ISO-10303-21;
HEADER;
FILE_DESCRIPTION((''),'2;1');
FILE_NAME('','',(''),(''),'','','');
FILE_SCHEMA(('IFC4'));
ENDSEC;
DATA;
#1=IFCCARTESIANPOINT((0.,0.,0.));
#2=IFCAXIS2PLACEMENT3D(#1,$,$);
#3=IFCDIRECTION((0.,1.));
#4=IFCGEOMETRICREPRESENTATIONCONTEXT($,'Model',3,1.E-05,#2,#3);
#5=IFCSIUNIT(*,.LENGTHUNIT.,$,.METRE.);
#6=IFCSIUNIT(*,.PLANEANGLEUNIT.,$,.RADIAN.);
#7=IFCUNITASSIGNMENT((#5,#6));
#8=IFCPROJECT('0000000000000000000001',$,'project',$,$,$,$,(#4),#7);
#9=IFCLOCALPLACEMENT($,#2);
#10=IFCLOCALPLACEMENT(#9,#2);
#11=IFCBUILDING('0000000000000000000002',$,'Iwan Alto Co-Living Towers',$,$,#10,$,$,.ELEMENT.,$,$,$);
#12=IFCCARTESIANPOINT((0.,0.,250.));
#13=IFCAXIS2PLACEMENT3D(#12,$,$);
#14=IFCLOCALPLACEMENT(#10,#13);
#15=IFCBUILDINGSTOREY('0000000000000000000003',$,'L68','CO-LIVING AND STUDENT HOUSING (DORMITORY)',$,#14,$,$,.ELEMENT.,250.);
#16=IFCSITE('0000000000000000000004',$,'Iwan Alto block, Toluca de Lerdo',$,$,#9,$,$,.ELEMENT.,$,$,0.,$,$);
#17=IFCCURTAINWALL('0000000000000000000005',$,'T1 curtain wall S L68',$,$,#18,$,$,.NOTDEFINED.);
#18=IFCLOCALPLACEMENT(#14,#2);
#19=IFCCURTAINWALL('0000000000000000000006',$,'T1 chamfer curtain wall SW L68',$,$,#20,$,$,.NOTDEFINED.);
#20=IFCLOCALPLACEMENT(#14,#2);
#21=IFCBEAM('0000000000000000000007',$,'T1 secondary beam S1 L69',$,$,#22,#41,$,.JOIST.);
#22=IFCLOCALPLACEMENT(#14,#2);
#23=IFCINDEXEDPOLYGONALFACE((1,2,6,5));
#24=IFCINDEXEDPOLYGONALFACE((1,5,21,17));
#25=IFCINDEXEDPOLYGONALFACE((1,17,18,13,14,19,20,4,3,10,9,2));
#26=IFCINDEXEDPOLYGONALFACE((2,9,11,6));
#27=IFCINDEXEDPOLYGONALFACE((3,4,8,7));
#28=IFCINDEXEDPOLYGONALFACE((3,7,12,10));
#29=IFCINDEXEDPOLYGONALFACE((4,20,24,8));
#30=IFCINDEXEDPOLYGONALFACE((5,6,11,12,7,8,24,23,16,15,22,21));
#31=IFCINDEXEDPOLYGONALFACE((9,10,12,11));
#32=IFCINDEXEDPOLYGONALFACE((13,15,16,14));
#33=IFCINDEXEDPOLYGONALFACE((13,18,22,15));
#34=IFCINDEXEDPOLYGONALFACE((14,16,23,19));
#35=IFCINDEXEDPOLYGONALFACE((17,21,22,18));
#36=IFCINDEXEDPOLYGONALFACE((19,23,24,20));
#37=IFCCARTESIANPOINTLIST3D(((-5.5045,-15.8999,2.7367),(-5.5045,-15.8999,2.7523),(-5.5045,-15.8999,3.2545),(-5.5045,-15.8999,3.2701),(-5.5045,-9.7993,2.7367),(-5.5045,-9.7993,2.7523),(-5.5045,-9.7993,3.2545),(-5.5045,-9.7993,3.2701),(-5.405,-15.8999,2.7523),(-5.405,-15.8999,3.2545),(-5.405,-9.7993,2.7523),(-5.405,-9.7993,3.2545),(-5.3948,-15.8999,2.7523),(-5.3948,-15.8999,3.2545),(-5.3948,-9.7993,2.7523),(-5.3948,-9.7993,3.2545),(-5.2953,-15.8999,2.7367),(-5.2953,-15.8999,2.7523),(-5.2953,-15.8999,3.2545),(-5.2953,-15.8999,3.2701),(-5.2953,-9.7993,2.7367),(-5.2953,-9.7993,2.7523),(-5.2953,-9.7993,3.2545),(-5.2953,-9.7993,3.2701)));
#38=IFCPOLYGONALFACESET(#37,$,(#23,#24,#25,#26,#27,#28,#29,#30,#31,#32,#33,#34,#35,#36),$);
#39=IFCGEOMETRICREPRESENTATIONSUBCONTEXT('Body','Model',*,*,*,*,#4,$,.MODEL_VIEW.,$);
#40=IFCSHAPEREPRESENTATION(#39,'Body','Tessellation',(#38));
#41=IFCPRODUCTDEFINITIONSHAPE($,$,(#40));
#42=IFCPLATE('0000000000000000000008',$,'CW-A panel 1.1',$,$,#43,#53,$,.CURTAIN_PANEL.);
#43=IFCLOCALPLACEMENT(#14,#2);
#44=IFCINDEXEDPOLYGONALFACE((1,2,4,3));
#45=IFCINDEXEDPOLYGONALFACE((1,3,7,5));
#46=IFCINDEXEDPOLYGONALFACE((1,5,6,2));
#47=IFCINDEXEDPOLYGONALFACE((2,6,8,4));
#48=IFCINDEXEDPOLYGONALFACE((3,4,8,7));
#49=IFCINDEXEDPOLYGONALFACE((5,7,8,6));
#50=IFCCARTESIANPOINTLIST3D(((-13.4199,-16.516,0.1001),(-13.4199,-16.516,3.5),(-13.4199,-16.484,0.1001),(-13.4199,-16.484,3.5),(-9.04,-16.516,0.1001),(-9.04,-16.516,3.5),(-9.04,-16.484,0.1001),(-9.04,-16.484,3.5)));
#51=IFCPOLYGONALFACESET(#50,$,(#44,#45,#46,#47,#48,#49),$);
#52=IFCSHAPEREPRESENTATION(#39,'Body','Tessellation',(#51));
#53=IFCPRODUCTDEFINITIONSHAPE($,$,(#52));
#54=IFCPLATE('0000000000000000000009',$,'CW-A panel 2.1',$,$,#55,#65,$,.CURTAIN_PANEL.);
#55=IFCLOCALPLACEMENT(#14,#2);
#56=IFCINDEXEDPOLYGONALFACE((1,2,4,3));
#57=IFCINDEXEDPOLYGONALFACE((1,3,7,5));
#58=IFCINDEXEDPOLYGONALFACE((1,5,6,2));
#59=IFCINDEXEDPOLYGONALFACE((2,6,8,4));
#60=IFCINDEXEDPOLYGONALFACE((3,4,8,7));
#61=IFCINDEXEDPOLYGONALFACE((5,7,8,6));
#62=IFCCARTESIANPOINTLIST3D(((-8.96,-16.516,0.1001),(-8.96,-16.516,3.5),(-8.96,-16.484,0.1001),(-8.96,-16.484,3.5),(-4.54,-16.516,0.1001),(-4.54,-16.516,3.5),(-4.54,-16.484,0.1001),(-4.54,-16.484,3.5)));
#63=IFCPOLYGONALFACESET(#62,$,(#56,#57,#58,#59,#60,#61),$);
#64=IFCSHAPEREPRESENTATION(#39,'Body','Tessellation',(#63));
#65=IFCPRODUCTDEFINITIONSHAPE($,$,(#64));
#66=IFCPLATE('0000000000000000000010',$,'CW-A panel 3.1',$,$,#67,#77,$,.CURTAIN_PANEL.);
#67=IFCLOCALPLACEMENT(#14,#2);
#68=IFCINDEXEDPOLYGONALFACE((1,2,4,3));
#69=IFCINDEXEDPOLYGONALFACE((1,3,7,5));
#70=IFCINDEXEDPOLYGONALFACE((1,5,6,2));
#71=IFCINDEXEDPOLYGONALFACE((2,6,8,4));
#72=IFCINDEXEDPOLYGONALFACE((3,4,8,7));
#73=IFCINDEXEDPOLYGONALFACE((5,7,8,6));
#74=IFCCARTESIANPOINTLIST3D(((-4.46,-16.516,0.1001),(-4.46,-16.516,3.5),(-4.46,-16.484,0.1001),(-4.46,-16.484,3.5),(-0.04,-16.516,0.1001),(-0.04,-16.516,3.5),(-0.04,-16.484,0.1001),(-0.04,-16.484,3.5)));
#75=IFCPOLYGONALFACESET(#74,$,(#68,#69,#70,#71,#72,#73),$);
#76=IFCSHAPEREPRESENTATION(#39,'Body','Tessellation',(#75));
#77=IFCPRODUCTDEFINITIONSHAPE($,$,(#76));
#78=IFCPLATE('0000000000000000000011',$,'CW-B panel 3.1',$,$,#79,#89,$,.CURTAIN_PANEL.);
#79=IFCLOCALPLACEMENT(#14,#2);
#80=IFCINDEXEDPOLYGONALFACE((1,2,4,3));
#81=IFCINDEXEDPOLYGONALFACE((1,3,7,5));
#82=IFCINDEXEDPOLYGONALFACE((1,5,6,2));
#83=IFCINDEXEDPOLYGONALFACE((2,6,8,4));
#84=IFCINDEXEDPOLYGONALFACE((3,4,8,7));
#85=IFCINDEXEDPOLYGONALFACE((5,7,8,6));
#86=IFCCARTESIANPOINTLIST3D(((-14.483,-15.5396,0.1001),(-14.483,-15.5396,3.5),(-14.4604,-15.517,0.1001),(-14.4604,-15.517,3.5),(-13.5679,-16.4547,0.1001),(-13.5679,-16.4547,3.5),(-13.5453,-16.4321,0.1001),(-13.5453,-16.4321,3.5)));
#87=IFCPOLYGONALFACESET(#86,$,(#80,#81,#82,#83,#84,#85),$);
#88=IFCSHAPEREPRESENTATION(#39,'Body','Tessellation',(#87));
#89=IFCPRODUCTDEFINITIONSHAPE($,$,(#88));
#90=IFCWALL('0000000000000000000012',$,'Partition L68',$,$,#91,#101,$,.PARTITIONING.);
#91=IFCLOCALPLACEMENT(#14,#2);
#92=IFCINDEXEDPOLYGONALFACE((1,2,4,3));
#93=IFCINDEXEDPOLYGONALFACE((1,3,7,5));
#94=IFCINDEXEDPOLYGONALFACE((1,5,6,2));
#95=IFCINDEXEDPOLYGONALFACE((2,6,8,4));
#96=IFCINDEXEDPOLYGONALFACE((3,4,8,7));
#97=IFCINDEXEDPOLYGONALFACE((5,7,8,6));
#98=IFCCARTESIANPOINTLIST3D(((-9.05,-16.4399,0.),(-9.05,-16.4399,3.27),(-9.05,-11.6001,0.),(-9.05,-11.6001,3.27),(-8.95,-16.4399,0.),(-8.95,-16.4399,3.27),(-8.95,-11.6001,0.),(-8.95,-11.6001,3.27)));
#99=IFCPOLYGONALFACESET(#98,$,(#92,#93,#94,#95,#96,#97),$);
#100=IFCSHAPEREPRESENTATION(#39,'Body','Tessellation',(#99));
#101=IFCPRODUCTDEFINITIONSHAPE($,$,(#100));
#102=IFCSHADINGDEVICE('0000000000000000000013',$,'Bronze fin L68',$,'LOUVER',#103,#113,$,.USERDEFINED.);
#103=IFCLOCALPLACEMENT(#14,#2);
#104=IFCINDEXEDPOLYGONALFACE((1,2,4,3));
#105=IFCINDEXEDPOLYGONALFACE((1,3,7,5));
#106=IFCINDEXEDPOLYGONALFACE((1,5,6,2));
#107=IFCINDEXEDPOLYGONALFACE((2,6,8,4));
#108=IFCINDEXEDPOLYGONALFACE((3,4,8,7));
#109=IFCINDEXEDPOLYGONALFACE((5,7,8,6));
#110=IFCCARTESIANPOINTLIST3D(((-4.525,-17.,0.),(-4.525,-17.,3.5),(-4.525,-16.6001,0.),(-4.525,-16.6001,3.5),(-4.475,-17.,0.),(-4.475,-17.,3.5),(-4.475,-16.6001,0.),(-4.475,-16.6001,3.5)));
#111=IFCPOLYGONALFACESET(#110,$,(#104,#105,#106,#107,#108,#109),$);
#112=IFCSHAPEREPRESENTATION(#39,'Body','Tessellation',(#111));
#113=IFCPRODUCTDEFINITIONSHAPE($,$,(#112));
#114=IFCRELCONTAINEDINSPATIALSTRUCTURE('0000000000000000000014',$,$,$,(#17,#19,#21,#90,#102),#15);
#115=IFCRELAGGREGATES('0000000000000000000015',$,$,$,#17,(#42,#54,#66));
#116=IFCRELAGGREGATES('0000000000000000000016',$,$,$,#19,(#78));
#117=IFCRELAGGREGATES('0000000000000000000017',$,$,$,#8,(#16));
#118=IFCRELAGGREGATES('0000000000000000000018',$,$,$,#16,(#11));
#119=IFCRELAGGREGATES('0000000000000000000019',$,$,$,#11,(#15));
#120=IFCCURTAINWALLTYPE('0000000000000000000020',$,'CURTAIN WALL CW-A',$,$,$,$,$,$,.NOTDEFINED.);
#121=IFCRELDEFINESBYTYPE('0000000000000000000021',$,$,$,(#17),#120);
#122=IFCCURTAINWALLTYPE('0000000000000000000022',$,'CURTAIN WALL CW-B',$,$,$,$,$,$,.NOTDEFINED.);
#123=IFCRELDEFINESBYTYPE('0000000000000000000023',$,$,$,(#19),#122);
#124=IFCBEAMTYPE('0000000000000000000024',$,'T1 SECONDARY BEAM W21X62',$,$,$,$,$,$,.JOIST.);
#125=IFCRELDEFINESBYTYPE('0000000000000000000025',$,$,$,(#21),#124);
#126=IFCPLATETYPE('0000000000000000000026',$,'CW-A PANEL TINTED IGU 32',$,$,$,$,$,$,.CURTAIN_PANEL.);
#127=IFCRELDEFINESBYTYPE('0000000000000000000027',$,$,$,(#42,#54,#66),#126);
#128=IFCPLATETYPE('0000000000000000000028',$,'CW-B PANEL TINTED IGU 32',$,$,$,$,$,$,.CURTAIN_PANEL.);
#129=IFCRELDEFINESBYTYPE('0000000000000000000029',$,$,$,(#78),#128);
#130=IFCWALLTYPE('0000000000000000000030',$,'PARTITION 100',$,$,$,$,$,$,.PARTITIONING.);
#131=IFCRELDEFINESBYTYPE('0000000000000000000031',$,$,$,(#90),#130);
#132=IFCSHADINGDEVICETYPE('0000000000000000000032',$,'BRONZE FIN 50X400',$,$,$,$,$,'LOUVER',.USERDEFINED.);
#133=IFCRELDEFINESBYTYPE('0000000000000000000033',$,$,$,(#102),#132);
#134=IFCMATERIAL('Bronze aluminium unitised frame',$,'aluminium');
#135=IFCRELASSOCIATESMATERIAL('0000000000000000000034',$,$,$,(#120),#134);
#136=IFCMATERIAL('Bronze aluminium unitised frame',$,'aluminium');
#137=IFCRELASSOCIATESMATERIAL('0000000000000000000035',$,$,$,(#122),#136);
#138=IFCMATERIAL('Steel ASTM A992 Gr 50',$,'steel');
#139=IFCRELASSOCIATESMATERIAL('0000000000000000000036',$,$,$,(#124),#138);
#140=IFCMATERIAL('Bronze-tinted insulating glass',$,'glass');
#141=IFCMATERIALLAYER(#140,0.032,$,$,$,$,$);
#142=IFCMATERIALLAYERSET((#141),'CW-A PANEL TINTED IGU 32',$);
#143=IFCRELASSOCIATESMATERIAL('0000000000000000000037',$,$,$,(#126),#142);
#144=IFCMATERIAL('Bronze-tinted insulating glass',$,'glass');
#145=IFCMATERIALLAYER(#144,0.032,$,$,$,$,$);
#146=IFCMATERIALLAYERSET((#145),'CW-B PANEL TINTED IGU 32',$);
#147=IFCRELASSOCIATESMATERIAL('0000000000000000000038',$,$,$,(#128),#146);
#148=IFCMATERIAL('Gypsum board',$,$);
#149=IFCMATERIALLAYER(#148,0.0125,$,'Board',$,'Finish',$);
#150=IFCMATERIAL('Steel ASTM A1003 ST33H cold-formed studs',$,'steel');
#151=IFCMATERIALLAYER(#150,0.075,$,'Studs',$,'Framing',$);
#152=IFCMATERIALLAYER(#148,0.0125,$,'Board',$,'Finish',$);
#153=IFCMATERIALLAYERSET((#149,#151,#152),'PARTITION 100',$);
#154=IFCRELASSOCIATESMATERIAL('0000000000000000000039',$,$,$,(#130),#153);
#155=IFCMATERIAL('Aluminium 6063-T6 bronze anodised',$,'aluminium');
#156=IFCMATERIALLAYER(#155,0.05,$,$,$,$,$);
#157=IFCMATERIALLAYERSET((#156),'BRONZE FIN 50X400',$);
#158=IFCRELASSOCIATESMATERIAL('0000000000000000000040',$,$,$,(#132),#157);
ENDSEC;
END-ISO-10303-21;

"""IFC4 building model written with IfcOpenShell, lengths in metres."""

from ifc_helpers import new_model, si_unit, direction, frame, frame_2d, origin, origin_2d, place, context, subcontext, project, spatial, rectangle, i_section, extrude, material, layer, layer_set, material_profile, profile_set, type_object, element, aggregate, save


model = new_model("IFC4")

# Units and contexts
model_context = context("Model", 3, precision=1e-05, world=origin(), true_north=direction((0.0, 1.0)))
body_context = subcontext(model_context, "Body", "Model", "MODEL_VIEW")
ifc_project = project(units=[si_unit("LENGTHUNIT", "METRE"), si_unit("PLANEANGLEUNIT", "RADIAN")], contexts=[model_context])

# Site, building, storey
site_placement = place(None, origin())
site = spatial("IfcSite", under=ifc_project, at=site_placement, Name="Iwan Alto block, Toluca de Lerdo", CompositionType="ELEMENT", RefElevation=0.0)
building_placement = place(site_placement, origin())
building = spatial("IfcBuilding", under=site, at=building_placement, Name="Iwan Alto Co-Living Towers", CompositionType="ELEMENT")
storey_placement = place(building_placement, frame((0.0, 0.0, 250.0)))
storey = spatial("IfcBuildingStorey", under=building, at=storey_placement, Name="L68", Description="CO-LIVING AND STUDENT HOUSING (DORMITORY)", CompositionType="ELEMENT", Elevation=250.0)

# Curtain wall
ifc_material_1 = material(Name="Bronze aluminium unitised frame", Category="aluminium")
curtain_wall_type_1 = type_object("IfcCurtainWallType", Name="CURTAIN WALL CW-A", PredefinedType="NOTDEFINED", material=ifc_material_1)
curtain_wall_1_placement = place(storey_placement, origin())
curtain_wall_1 = element("IfcCurtainWall", 1, at=curtain_wall_1_placement, inside=storey, type_object=curtain_wall_type_1, Name="T1 curtain wall S L68", PredefinedType="NOTDEFINED")

# Curtain wall
ifc_material_2 = material(Name="Bronze aluminium unitised frame", Category="aluminium")
curtain_wall_type_2 = type_object("IfcCurtainWallType", Name="CURTAIN WALL CW-B", PredefinedType="NOTDEFINED", material=ifc_material_2)
curtain_wall_2_placement = place(storey_placement, origin())
curtain_wall_2 = element("IfcCurtainWall", 2, at=curtain_wall_2_placement, inside=storey, type_object=curtain_wall_type_2, Name="T1 chamfer curtain wall SW L68", PredefinedType="NOTDEFINED")

# Beam
ifc_material_3 = material(Name="Steel ASTM A992 Gr 50", Category="steel")
ifc_material_profile_1 = material_profile(ifc_material_3, i_section(OverallWidth=0.2092, OverallDepth=0.5334, WebThickness=0.0103, FlangeThickness=0.0156, at=origin_2d()), Name="W21X62")
ifc_profile_set_1 = profile_set([ifc_material_profile_1], Name="Steel ASTM A992 Gr 50")
beam_type_1 = type_object("IfcBeamType", Name="T1 SECONDARY BEAM W21X62", PredefinedType="JOIST", material=ifc_profile_set_1)
beam_1_placement = place(storey_placement, frame((-5.3999, -15.8999, 3.0034), z_axis=(0.0, 1.0, 0.0), x_axis=(-1.0, 0.0, 0.0)))
element("IfcBeam", 3, at=beam_1_placement, inside=storey, type_object=beam_type_1, Name="T1 secondary beam S1 L69", PredefinedType="JOIST", context=body_context, shape_type="SweptSolid", body=[
    extrude(i_section(OverallWidth=0.2092, OverallDepth=0.5334, WebThickness=0.0103, FlangeThickness=0.0156, at=origin_2d()), origin(), (0.0, 0.0, 1.0), 6.1006),
])

# Plates
ifc_material_4 = material(Name="Bronze-tinted insulating glass", Category="glass")
ifc_layer_1 = layer(ifc_material_4, 0.032)
ifc_layer_set_1 = layer_set([ifc_layer_1], Name="CW-A PANEL TINTED IGU 32")
plate_type_1 = type_object("IfcPlateType", Name="CW-A PANEL TINTED IGU 32", PredefinedType="CURTAIN_PANEL", material=ifc_layer_set_1)
plate_1_placement = place(storey_placement, frame((-11.23, -16.5, 0.1001), z_axis=(0.0, 0.0, 1.0), x_axis=(1.0, 0.0, 0.0)))
plate_1 = element("IfcPlate", 4, at=plate_1_placement, type_object=plate_type_1, Name="CW-A panel 1.1", PredefinedType="CURTAIN_PANEL", context=body_context, shape_type="SweptSolid", body=[
    extrude(rectangle(XDim=4.3799, YDim=0.032, at=origin_2d()), origin(), (0.0, 0.0, 1.0), 3.3999),
])
plate_2_placement = place(storey_placement, frame((-6.75, -16.5, 0.1001), z_axis=(0.0, 0.0, 1.0), x_axis=(1.0, 0.0, 0.0)))
plate_2 = element("IfcPlate", 5, at=plate_2_placement, type_object=plate_type_1, Name="CW-A panel 2.1", PredefinedType="CURTAIN_PANEL", context=body_context, shape_type="SweptSolid", body=[
    extrude(rectangle(XDim=4.4199, YDim=0.032, at=origin_2d()), origin(), (0.0, 0.0, 1.0), 3.3999),
])
plate_3_placement = place(storey_placement, frame((-2.25, -16.5, 0.1001), z_axis=(0.0, 0.0, 1.0), x_axis=(1.0, 0.0, 0.0)))
plate_3 = element("IfcPlate", 6, at=plate_3_placement, type_object=plate_type_1, Name="CW-A panel 3.1", PredefinedType="CURTAIN_PANEL", context=body_context, shape_type="SweptSolid", body=[
    extrude(rectangle(XDim=4.4199, YDim=0.032, at=origin_2d()), origin(), (0.0, 0.0, 1.0), 3.3999),
])
aggregate(curtain_wall_1, [plate_1, plate_2, plate_3])
ifc_material_5 = material(Name="Bronze-tinted insulating glass", Category="glass")
ifc_layer_2 = layer(ifc_material_5, 0.032)
ifc_layer_set_2 = layer_set([ifc_layer_2], Name="CW-B PANEL TINTED IGU 32")
plate_type_2 = type_object("IfcPlateType", Name="CW-B PANEL TINTED IGU 32", PredefinedType="CURTAIN_PANEL", material=ifc_layer_set_2)
plate_4_placement = place(storey_placement, frame((-14.0142, -15.9858, 0.1001), z_axis=(0.0, 0.0, 1.0), x_axis=(0.707107, -0.707107, 0.0)))
plate_4 = element("IfcPlate", 7, at=plate_4_placement, type_object=plate_type_2, Name="CW-B panel 3.1", PredefinedType="CURTAIN_PANEL", context=body_context, shape_type="SweptSolid", body=[
    extrude(rectangle(XDim=1.2942, YDim=0.032, at=origin_2d()), origin(), (0.0, 0.0, 1.0), 3.3999),
])
aggregate(curtain_wall_2, [plate_4])

# Wall
ifc_material_6 = material(Name="Gypsum board")
ifc_layer_3 = layer(ifc_material_6, 0.0125, Name="Board", Category="Finish")
ifc_material_7 = material(Name="Steel ASTM A1003 ST33H cold-formed studs", Category="steel")
ifc_layer_4 = layer(ifc_material_7, 0.075, Name="Studs", Category="Framing")
ifc_layer_5 = layer(ifc_material_6, 0.0125, Name="Board", Category="Finish")
ifc_layer_set_3 = layer_set([ifc_layer_3, ifc_layer_4, ifc_layer_5], Name="PARTITION 100")
wall_type = type_object("IfcWallType", Name="PARTITION 100", PredefinedType="PARTITIONING", material=ifc_layer_set_3)
wall_placement = place(storey_placement, frame((-9.0, -16.4399, 0.0), z_axis=(0.0, 0.0, 1.0), x_axis=(0.0, 1.0, 0.0)))
element("IfcWall", 8, at=wall_placement, inside=storey, type_object=wall_type, Name="Partition L68", PredefinedType="PARTITIONING", context=body_context, shape_type="SweptSolid", body=[
    extrude(rectangle(XDim=4.8398, YDim=0.1001, at=frame_2d((2.4199, 0.0))), origin(), (0.0, 0.0, 1.0), 3.27),
])

# Shading device
ifc_material_8 = material(Name="Aluminium 6063-T6 bronze anodised", Category="aluminium")
ifc_layer_6 = layer(ifc_material_8, 0.05)
ifc_layer_set_4 = layer_set([ifc_layer_6], Name="BRONZE FIN 50X400")
shading_device_type = type_object("IfcShadingDeviceType", Name="BRONZE FIN 50X400", ElementType="LOUVER", PredefinedType="USERDEFINED", material=ifc_layer_set_4)
shading_device_placement = place(storey_placement, frame((-4.5, -16.8, 0.0), z_axis=(0.0, 0.0, 1.0), x_axis=(1.0, 0.0, 0.0)))
element("IfcShadingDevice", 9, at=shading_device_placement, inside=storey, type_object=shading_device_type, Name="Bronze fin L68", ObjectType="LOUVER", PredefinedType="USERDEFINED", context=body_context, shape_type="SweptSolid", body=[
    extrude(rectangle(XDim=0.05, YDim=0.3999, at=origin_2d()), origin(), (0.0, 0.0, 1.0), 3.5),
])

save(model, "model.ifc")
